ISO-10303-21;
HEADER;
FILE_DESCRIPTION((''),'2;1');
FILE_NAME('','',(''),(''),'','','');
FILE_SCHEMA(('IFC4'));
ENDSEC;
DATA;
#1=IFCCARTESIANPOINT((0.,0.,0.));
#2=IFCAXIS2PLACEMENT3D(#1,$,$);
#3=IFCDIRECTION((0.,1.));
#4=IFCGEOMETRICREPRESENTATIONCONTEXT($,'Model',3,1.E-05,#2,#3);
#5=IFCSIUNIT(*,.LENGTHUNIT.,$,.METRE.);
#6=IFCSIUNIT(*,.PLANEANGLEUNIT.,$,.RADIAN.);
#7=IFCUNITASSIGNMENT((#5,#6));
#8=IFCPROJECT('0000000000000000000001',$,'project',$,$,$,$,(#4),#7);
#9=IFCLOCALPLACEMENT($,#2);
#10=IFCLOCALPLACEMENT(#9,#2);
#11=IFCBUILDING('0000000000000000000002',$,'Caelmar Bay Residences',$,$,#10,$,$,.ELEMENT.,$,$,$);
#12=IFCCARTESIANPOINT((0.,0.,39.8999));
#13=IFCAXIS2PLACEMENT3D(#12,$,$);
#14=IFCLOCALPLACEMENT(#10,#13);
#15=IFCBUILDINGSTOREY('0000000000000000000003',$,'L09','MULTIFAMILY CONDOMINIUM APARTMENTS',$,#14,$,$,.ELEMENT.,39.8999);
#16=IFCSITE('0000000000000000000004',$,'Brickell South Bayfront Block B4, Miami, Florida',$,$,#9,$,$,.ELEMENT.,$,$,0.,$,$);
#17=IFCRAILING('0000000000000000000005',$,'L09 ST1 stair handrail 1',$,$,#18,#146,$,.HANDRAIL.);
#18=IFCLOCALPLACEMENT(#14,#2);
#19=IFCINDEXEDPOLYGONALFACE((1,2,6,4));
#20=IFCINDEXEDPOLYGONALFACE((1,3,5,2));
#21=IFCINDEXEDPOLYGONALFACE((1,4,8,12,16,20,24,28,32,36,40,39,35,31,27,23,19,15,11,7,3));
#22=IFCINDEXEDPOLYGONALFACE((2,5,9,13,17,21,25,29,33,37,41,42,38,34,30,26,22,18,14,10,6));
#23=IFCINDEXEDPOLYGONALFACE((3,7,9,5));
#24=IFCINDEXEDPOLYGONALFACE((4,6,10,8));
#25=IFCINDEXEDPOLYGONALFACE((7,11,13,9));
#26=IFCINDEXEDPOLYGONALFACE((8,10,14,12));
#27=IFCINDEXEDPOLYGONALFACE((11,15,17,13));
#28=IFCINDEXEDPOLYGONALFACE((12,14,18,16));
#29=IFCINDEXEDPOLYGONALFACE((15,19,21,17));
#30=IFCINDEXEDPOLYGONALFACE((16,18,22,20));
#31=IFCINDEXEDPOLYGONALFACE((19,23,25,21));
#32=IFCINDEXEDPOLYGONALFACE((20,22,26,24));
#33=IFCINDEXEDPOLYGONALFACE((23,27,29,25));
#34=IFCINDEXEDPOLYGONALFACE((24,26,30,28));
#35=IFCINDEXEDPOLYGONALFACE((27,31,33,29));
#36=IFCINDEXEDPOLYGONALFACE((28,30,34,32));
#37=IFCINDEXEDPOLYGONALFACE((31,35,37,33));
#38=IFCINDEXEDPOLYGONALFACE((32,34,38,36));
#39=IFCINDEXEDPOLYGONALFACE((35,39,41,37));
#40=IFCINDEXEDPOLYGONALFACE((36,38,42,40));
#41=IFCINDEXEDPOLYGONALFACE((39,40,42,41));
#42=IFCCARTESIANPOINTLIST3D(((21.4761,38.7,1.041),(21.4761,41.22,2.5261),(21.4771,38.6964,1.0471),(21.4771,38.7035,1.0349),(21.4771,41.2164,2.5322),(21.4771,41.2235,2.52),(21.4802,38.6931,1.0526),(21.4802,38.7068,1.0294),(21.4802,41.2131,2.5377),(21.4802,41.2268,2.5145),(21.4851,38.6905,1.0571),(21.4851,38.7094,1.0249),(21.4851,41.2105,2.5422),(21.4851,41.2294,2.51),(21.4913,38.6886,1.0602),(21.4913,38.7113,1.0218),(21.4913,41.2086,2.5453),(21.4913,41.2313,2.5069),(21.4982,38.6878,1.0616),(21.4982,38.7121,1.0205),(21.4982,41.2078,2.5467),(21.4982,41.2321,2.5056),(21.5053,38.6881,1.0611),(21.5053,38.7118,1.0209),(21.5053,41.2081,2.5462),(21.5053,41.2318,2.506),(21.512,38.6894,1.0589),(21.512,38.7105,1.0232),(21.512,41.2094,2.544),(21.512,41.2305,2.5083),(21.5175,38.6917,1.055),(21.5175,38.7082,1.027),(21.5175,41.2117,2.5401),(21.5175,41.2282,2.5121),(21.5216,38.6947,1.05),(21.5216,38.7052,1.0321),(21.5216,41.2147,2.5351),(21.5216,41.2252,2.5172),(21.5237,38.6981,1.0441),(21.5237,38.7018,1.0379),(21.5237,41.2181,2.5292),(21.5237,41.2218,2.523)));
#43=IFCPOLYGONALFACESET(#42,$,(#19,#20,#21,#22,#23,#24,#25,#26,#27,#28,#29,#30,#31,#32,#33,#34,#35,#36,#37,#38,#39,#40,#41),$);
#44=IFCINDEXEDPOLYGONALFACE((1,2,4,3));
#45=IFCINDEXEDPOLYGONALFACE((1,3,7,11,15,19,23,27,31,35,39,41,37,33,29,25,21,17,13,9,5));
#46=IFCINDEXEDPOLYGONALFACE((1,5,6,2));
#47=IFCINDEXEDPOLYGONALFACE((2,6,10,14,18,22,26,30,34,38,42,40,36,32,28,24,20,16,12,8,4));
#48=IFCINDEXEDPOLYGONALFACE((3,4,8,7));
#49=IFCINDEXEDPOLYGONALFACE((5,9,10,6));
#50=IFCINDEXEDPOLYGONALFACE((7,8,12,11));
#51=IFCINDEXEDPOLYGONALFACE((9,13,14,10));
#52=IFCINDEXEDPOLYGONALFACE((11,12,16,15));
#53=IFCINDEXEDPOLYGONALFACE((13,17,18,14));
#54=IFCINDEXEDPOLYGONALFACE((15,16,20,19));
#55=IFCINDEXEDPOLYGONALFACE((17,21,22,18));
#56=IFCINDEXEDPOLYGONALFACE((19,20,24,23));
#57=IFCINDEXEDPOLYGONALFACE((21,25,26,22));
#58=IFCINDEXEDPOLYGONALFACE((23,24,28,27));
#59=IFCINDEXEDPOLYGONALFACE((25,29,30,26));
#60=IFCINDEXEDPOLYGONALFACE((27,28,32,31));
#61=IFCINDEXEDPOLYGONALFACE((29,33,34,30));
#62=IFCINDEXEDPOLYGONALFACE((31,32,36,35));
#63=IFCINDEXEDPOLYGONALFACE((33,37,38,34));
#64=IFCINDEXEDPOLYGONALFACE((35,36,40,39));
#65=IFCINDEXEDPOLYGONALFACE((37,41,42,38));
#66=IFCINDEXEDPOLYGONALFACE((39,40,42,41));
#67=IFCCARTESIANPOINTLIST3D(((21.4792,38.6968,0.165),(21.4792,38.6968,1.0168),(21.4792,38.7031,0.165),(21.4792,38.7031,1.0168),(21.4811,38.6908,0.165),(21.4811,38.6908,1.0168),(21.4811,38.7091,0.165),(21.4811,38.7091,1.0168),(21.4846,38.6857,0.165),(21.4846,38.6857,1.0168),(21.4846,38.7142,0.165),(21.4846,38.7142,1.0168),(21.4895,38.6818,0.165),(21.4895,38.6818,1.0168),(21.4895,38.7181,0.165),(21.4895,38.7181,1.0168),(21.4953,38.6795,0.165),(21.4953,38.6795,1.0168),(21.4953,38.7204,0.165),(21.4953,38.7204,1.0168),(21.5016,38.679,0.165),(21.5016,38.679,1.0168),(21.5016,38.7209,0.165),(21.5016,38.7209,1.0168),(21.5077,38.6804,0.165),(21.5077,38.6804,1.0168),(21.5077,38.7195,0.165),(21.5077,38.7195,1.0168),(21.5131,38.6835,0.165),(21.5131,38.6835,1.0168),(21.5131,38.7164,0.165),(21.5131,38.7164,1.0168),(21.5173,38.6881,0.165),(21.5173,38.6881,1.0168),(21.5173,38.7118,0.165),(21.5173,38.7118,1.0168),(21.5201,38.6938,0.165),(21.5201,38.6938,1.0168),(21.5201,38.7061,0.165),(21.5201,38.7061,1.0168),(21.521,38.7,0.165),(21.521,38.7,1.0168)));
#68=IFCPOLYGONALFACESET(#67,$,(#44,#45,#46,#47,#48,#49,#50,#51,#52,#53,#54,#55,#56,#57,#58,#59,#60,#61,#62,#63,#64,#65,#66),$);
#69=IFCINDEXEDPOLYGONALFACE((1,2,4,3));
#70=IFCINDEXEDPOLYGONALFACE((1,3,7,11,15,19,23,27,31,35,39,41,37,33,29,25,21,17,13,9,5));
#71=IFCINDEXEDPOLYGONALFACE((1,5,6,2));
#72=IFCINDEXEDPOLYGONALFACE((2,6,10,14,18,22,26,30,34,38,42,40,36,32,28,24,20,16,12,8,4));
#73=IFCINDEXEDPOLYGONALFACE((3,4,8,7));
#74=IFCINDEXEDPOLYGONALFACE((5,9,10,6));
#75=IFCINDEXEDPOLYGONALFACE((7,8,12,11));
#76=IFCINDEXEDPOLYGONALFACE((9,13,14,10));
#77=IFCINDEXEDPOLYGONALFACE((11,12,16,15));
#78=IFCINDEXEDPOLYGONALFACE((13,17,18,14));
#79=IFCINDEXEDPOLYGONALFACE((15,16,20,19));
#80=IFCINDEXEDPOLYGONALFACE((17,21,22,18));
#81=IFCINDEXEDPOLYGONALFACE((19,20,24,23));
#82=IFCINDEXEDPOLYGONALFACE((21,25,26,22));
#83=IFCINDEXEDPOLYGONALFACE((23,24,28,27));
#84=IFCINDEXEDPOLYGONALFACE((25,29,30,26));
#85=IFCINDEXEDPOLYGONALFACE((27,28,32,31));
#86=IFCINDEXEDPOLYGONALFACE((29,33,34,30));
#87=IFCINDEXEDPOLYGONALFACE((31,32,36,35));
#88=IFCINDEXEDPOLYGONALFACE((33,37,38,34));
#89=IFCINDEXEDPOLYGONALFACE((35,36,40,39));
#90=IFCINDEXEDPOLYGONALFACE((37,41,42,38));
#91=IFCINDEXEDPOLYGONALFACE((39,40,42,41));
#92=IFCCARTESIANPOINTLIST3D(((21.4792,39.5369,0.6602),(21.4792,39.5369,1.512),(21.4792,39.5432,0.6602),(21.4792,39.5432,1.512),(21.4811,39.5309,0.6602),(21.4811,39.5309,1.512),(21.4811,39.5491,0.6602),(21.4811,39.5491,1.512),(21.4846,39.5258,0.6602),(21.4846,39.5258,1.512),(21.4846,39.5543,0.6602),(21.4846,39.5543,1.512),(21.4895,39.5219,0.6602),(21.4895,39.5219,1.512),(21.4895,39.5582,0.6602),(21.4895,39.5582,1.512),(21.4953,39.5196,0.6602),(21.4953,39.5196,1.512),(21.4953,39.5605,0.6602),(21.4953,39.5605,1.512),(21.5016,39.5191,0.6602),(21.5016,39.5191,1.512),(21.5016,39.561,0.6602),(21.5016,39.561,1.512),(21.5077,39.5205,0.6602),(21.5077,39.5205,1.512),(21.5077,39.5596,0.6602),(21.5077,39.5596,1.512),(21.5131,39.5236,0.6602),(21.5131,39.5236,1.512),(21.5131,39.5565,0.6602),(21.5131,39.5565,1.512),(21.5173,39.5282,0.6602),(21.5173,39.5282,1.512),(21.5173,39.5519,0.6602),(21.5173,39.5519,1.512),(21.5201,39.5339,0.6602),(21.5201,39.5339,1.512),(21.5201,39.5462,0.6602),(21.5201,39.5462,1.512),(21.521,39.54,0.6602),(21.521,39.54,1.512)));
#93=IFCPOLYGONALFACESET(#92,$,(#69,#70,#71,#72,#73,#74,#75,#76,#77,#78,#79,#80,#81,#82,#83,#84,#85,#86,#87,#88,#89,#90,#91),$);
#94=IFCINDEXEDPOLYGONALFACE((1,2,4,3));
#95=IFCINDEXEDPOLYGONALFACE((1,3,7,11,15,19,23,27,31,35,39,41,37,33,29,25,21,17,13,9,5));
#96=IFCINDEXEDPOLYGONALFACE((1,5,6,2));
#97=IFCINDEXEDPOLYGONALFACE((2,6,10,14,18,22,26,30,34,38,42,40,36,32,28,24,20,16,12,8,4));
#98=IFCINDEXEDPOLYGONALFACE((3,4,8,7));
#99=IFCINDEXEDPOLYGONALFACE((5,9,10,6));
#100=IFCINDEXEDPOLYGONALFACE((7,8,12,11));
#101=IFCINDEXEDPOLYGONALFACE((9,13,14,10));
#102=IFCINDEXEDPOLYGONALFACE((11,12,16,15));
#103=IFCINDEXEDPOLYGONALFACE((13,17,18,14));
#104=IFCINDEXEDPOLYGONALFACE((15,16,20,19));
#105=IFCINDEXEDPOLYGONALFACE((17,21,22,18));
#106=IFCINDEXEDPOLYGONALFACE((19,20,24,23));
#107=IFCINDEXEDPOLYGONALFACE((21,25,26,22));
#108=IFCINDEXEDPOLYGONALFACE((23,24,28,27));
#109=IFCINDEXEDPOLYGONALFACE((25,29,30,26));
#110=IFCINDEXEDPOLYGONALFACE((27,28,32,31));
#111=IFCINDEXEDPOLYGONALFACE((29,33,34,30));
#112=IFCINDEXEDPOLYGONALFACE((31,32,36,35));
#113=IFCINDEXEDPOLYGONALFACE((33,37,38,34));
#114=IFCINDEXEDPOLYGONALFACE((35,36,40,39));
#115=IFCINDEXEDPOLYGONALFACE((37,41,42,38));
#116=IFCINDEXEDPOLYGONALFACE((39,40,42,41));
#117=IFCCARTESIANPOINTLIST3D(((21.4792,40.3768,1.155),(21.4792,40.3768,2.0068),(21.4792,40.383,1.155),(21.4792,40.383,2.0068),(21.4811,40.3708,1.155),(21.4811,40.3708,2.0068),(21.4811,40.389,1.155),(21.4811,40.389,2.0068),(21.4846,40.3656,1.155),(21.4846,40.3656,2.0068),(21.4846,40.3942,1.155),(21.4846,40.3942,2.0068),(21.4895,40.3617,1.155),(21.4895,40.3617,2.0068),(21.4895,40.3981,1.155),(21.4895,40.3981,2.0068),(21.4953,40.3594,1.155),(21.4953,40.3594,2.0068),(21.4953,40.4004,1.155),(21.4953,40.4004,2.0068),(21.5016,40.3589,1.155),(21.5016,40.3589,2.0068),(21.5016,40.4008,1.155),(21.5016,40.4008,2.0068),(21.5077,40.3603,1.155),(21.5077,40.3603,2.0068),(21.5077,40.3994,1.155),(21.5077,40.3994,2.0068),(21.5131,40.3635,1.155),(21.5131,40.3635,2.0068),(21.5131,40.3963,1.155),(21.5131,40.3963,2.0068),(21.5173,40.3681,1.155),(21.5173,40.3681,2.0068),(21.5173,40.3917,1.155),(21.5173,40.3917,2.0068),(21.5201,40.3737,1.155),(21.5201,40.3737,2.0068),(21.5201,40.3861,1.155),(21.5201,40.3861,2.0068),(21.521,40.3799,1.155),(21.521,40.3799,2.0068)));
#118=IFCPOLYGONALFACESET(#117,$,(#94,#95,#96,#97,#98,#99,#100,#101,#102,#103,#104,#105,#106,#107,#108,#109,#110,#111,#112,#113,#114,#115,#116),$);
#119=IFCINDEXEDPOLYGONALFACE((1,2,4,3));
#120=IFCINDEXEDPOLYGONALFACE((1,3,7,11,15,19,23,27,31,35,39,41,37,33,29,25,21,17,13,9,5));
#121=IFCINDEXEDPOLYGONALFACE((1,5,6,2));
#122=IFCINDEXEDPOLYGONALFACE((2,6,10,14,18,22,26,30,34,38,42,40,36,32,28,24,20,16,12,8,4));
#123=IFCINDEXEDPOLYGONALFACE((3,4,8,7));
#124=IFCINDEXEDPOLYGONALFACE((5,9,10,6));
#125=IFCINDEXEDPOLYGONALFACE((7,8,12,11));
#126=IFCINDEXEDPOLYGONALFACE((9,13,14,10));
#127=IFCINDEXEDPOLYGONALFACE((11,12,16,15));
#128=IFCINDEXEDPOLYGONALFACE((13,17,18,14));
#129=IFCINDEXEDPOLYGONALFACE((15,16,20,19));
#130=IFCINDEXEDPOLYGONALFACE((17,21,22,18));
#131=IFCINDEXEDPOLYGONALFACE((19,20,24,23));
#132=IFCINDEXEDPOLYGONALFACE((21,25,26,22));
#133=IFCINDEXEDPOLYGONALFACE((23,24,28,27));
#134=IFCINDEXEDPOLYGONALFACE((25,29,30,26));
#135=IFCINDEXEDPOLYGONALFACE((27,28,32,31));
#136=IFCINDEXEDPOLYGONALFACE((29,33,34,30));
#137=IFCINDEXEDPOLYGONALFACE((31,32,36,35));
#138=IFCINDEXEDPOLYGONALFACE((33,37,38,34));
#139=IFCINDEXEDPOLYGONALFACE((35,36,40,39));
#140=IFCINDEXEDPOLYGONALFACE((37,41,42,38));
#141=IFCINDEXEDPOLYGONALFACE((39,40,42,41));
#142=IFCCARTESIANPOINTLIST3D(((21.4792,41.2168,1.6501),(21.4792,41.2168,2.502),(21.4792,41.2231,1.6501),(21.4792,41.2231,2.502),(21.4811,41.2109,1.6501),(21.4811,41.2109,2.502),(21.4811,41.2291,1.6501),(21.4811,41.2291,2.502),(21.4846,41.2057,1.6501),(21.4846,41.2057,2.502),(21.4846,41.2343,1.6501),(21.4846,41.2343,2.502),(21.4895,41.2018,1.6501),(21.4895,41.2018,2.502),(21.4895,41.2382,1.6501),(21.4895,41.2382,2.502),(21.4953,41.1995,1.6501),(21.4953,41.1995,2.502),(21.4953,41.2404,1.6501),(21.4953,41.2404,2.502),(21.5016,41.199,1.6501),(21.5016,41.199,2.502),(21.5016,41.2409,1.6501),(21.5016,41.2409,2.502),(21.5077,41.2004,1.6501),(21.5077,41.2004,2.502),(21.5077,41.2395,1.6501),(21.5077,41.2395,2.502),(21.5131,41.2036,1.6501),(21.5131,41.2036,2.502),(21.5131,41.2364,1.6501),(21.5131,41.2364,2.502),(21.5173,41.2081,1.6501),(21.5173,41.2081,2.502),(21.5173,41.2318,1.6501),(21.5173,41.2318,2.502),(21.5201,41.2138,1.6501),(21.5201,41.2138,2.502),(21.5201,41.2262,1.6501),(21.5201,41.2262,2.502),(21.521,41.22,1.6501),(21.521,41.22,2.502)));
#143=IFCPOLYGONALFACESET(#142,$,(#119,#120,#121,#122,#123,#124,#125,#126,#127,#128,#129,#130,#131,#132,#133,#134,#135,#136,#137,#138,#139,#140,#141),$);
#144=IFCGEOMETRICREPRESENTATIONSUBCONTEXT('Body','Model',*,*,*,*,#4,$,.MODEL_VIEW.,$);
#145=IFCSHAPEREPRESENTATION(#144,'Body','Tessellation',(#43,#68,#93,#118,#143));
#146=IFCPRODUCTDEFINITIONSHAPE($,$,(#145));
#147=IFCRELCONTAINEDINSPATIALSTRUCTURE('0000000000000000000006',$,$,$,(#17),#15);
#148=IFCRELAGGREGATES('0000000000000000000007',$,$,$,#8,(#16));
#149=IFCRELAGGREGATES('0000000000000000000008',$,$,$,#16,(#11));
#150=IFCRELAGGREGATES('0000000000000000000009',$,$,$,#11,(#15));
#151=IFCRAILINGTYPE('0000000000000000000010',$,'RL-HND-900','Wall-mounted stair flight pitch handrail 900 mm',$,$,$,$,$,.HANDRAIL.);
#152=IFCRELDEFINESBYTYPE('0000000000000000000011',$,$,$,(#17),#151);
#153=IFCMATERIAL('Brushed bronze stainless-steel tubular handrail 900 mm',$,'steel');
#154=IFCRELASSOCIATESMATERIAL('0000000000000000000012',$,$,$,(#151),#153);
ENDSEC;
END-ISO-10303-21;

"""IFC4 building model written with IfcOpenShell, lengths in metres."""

from ifc_helpers import new_model, si_unit, direction, frame, origin, origin_2d, place, context, subcontext, project, spatial, circle, extrude, material, type_object, element, save


model = new_model("IFC4")

# Units and contexts
model_context = context("Model", 3, precision=1e-05, world=origin(), true_north=direction((0.0, 1.0)))
body_context = subcontext(model_context, "Body", "Model", "MODEL_VIEW")
ifc_project = project(units=[si_unit("LENGTHUNIT", "METRE"), si_unit("PLANEANGLEUNIT", "RADIAN")], contexts=[model_context])

# Site, building, storey
site_placement = place(None, origin())
site = spatial("IfcSite", under=ifc_project, at=site_placement, Name="Brickell South Bayfront Block B4, Miami, Florida", CompositionType="ELEMENT", RefElevation=0.0)
building_placement = place(site_placement, origin())
building = spatial("IfcBuilding", under=site, at=building_placement, Name="Caelmar Bay Residences", CompositionType="ELEMENT")
storey_placement = place(building_placement, frame((0.0, 0.0, 39.8999)))
storey = spatial("IfcBuildingStorey", under=building, at=storey_placement, Name="L09", Description="MULTIFAMILY CONDOMINIUM APARTMENTS", CompositionType="ELEMENT", Elevation=39.8999)

# Railing
ifc_material_1 = material(Name="Brushed bronze stainless-steel tubular handrail 900 mm", Category="steel")
railing_type_1 = type_object("IfcRailingType", Name="RL-HND-900", Description="Wall-mounted stair flight pitch handrail 900 mm", PredefinedType="HANDRAIL", material=ifc_material_1)
railing_1_placement = place(storey_placement, frame((21.5, 38.7, 0.165)))
element("IfcRailing", 1, at=railing_1_placement, inside=storey, type_object=railing_type_1, Name="L09 ST1 stair handrail 1", PredefinedType="HANDRAIL", context=body_context, shape_type="SweptSolid", body=[
    extrude(circle(Radius=0.0239, at=origin_2d()), frame((0.0, 0.0, 0.876), z_axis=(0.0, 0.861524, 0.507717), x_axis=(-1.0, 0.0, 0.0)), (0.0, 0.0, 1.0), 2.925),
    extrude(circle(Radius=0.021, at=origin_2d()), origin(), (0.0, 0.0, 1.0), 0.8518),
    extrude(circle(Radius=0.021, at=origin_2d()), frame((0.0, 0.8401, 0.4951)), (0.0, 0.0, 1.0), 0.8518),
    extrude(circle(Radius=0.021, at=origin_2d()), frame((0.0, 1.6799, 0.99)), (0.0, 0.0, 1.0), 0.8518),
    extrude(circle(Radius=0.021, at=origin_2d()), frame((0.0, 2.52, 1.4851)), (0.0, 0.0, 1.0), 0.8518),
])

save(model, "model.ifc")
